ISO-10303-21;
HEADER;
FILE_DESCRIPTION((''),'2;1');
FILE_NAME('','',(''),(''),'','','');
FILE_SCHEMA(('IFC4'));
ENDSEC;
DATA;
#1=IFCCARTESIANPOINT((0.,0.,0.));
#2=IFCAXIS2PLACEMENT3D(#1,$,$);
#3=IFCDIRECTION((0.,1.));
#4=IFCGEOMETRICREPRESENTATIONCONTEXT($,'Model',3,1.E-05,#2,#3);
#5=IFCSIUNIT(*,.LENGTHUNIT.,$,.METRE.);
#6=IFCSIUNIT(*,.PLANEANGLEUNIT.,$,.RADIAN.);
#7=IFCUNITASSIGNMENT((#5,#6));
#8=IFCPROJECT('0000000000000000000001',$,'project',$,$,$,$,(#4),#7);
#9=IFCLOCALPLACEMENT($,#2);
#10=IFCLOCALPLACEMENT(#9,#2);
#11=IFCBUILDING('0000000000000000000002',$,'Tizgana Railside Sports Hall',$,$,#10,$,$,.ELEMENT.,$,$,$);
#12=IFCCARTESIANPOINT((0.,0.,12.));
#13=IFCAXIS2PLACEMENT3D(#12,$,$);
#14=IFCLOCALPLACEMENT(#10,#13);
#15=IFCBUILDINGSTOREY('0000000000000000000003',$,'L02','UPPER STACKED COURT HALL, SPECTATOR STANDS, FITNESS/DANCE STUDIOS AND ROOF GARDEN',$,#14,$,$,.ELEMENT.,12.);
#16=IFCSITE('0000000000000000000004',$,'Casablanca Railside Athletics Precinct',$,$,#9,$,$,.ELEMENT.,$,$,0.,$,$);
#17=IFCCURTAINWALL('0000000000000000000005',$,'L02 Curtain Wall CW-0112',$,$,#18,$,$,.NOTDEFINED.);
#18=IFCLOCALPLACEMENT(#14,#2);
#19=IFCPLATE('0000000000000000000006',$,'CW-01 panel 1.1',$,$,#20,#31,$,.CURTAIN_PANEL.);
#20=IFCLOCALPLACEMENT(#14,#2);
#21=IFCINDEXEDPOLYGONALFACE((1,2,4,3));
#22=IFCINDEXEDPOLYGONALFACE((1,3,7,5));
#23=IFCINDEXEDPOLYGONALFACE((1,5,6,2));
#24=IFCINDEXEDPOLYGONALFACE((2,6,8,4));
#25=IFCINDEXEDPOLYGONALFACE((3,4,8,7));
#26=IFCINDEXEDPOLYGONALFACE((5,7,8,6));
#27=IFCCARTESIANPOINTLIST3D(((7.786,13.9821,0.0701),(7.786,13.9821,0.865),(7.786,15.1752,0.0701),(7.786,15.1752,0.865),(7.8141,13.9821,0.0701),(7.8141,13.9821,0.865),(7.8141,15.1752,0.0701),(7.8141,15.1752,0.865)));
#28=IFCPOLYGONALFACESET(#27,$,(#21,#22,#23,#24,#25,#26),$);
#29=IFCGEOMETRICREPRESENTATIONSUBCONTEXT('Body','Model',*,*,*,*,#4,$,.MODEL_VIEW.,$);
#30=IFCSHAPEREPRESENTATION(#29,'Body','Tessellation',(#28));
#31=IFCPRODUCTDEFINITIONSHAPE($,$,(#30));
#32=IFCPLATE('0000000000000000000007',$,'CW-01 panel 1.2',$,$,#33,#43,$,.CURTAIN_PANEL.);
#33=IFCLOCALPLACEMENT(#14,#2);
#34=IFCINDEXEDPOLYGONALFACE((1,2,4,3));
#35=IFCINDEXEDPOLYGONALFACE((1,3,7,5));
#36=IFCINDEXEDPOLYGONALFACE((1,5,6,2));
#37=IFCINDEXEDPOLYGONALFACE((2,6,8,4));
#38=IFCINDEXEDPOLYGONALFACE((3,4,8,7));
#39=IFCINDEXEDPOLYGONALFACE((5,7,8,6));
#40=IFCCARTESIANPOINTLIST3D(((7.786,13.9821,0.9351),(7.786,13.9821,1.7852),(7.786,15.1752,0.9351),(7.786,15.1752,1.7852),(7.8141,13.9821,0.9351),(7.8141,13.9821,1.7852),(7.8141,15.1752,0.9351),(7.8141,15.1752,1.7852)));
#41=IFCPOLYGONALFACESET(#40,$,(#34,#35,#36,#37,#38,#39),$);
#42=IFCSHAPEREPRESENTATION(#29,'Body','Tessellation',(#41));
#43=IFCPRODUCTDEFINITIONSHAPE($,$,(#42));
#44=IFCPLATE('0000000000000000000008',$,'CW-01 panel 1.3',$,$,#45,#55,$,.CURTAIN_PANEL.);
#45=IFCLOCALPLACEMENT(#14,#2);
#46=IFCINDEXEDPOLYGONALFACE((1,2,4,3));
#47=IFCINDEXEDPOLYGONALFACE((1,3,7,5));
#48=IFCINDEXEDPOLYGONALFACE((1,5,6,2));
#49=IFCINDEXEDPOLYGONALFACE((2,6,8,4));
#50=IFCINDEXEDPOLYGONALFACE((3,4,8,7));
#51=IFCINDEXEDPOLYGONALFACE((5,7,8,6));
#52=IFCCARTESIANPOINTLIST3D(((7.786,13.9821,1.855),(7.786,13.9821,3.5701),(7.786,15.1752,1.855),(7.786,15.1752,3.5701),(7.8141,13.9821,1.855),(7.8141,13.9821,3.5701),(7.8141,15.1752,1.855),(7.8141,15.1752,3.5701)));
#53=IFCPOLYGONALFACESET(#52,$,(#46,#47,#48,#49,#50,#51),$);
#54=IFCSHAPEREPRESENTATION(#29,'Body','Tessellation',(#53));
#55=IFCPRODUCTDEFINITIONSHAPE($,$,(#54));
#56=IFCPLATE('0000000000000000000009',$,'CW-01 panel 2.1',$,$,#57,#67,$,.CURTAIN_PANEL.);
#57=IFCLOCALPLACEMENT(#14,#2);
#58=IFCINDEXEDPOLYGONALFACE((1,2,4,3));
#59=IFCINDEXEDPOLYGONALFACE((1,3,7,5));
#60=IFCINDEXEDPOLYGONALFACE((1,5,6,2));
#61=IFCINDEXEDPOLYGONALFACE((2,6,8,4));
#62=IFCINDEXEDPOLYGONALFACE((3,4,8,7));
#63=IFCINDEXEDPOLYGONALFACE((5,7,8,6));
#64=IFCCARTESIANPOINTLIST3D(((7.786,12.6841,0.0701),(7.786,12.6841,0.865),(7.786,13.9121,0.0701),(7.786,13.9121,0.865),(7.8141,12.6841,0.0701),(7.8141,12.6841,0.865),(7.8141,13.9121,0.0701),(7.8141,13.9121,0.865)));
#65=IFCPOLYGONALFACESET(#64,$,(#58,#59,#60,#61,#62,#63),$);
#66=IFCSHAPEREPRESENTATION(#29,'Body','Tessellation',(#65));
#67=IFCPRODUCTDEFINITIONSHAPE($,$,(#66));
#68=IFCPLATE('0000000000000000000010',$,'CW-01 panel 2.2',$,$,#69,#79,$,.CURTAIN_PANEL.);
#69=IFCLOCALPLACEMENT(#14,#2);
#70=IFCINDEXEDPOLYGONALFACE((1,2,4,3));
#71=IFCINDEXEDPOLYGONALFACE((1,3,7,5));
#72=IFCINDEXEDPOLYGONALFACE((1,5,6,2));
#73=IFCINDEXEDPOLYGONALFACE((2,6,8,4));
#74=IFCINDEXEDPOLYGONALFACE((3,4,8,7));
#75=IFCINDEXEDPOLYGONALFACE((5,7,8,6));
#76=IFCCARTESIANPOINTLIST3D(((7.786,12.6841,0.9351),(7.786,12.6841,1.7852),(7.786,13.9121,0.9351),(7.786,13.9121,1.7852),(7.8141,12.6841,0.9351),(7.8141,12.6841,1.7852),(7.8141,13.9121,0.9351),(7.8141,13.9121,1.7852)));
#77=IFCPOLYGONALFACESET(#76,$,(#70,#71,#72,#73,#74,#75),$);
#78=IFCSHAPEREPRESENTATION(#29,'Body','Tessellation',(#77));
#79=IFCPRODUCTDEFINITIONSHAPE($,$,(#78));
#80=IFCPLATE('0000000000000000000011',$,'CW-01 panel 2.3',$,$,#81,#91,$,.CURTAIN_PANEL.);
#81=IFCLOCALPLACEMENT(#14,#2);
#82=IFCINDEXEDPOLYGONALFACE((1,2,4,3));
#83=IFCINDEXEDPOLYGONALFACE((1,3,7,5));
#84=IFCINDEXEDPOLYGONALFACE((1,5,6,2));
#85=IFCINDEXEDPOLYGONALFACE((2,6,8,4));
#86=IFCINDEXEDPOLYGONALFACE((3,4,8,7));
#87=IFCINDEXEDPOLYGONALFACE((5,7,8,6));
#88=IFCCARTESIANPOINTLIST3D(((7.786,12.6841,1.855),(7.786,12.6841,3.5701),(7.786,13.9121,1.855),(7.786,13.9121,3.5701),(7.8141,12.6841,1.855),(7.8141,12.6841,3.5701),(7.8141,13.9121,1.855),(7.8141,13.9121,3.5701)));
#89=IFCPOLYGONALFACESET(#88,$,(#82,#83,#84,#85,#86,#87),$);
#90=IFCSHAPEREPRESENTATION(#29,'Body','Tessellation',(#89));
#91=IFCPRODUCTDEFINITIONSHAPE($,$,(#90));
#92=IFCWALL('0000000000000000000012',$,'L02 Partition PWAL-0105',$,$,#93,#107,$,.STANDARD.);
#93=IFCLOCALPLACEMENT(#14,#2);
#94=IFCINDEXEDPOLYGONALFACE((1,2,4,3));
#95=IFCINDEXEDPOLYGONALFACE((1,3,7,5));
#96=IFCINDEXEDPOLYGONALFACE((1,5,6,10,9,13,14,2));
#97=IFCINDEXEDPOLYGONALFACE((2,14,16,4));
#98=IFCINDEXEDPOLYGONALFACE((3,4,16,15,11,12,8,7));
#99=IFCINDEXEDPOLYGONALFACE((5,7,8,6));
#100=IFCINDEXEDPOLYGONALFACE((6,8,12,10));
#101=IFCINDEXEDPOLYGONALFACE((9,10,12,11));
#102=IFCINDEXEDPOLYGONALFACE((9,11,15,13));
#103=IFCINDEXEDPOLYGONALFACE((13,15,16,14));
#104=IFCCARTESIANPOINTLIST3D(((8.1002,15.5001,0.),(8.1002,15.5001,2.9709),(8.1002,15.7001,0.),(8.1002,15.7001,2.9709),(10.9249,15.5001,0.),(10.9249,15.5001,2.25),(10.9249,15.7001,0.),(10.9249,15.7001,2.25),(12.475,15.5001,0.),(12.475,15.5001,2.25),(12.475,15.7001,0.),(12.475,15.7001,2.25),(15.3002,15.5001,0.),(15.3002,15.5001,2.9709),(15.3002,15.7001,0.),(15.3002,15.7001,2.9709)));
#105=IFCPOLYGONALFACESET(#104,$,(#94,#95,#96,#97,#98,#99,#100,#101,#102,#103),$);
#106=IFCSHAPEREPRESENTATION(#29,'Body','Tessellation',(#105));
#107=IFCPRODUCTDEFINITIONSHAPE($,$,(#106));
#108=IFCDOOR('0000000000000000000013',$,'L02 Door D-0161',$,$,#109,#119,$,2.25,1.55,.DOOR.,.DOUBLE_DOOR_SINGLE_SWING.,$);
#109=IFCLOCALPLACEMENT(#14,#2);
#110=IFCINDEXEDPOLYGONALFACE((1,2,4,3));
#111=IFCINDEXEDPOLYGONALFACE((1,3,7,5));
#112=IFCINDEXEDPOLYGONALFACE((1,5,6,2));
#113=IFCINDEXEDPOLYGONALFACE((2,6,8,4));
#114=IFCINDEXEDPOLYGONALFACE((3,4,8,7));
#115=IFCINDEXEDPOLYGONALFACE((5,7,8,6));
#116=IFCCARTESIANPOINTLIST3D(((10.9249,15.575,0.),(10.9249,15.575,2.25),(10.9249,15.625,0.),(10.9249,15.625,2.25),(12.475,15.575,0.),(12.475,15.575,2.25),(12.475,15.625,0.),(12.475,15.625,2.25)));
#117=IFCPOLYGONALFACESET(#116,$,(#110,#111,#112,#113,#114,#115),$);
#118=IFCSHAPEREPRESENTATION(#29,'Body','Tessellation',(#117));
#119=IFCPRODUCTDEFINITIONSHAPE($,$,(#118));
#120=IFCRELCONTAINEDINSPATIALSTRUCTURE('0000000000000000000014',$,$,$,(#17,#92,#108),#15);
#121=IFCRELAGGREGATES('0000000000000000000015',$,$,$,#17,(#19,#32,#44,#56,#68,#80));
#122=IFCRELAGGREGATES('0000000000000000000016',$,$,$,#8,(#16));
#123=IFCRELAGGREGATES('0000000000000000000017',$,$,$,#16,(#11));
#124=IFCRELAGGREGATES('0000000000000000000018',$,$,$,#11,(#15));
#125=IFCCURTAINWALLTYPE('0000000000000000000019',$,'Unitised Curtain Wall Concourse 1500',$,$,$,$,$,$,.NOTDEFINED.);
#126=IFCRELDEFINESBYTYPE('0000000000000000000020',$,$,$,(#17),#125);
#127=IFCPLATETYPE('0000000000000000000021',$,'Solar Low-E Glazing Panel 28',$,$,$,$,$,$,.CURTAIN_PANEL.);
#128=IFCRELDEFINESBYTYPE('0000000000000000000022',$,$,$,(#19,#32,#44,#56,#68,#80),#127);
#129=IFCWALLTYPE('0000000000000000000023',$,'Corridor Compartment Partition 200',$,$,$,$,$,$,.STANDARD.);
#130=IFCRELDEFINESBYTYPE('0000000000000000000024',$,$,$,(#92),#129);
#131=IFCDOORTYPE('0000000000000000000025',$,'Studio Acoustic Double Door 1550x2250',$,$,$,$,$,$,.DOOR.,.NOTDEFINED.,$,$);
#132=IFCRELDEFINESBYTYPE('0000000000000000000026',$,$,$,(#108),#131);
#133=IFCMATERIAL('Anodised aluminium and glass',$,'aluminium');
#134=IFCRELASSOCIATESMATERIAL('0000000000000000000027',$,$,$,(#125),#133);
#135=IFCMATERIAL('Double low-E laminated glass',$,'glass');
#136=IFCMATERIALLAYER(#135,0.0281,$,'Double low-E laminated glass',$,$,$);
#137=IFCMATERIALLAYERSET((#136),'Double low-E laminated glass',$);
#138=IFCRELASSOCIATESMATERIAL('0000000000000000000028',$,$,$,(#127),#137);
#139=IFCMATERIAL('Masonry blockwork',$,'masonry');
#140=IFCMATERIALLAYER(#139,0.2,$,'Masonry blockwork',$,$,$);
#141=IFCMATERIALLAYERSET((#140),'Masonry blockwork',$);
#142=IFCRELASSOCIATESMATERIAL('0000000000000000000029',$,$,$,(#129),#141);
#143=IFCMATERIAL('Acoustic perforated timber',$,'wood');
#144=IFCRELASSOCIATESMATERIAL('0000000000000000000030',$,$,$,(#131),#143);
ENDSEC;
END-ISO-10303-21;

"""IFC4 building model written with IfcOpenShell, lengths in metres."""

from ifc_helpers import new_model, si_unit, direction, frame, frame_2d, origin, origin_2d, place, context, subcontext, project, spatial, rectangle, extrude, material, layer, layer_set, type_object, element, fill, aggregate, save


model = new_model("IFC4")

# Units and contexts
model_context = context("Model", 3, precision=1e-05, world=origin(), true_north=direction((0.0, 1.0)))
body_context = subcontext(model_context, "Body", "Model", "MODEL_VIEW")
ifc_project = project(units=[si_unit("LENGTHUNIT", "METRE"), si_unit("PLANEANGLEUNIT", "RADIAN")], contexts=[model_context])

# Site, building, storey
site_placement = place(None, origin())
site = spatial("IfcSite", under=ifc_project, at=site_placement, Name="Casablanca Railside Athletics Precinct", CompositionType="ELEMENT", RefElevation=0.0)
building_placement = place(site_placement, origin())
building = spatial("IfcBuilding", under=site, at=building_placement, Name="Tizgana Railside Sports Hall", CompositionType="ELEMENT")
storey_placement = place(building_placement, frame((0.0, 0.0, 12.0)))
storey = spatial("IfcBuildingStorey", under=building, at=storey_placement, Name="L02", Description="UPPER STACKED COURT HALL, SPECTATOR STANDS, FITNESS/DANCE STUDIOS AND ROOF GARDEN", CompositionType="ELEMENT", Elevation=12.0)

# Curtain wall
ifc_material_1 = material(Name="Anodised aluminium and glass", Category="aluminium")
curtain_wall_type = type_object("IfcCurtainWallType", Name="Unitised Curtain Wall Concourse 1500", PredefinedType="NOTDEFINED", material=ifc_material_1)
curtain_wall_placement = place(storey_placement, origin())
curtain_wall = element("IfcCurtainWall", 1, at=curtain_wall_placement, inside=storey, type_object=curtain_wall_type, Name="L02 Curtain Wall CW-0112", PredefinedType="NOTDEFINED")

# Plates
ifc_material_2 = material(Name="Double low-E laminated glass", Category="glass")
ifc_layer_1 = layer(ifc_material_2, 0.0281, Name="Double low-E laminated glass")
ifc_layer_set_1 = layer_set([ifc_layer_1], Name="Double low-E laminated glass")
plate_type = type_object("IfcPlateType", Name="Solar Low-E Glazing Panel 28", PredefinedType="CURTAIN_PANEL", material=ifc_layer_set_1)
plate_1_placement = place(storey_placement, frame((7.8, 14.5786, 0.0701), z_axis=(0.0, 0.0, 1.0), x_axis=(0.0, -1.0, 0.0)))
plate_1 = element("IfcPlate", 2, at=plate_1_placement, type_object=plate_type, Name="CW-01 panel 1.1", PredefinedType="CURTAIN_PANEL", context=body_context, shape_type="SweptSolid", body=[
    extrude(rectangle(XDim=1.1931, YDim=0.0281, at=origin_2d()), origin(), (0.0, 0.0, 1.0), 0.7949),
])
plate_2_placement = place(storey_placement, frame((7.8, 14.5786, 0.9351), z_axis=(0.0, 0.0, 1.0), x_axis=(0.0, -1.0, 0.0)))
plate_2 = element("IfcPlate", 3, at=plate_2_placement, type_object=plate_type, Name="CW-01 panel 1.2", PredefinedType="CURTAIN_PANEL", context=body_context, shape_type="SweptSolid", body=[
    extrude(rectangle(XDim=1.1931, YDim=0.0281, at=origin_2d()), origin(), (0.0, 0.0, 1.0), 0.8501),
])
plate_3_placement = place(storey_placement, frame((7.8, 14.5786, 1.855), z_axis=(0.0, 0.0, 1.0), x_axis=(0.0, -1.0, 0.0)))
plate_3 = element("IfcPlate", 4, at=plate_3_placement, type_object=plate_type, Name="CW-01 panel 1.3", PredefinedType="CURTAIN_PANEL", context=body_context, shape_type="SweptSolid", body=[
    extrude(rectangle(XDim=1.1931, YDim=0.0281, at=origin_2d()), origin(), (0.0, 0.0, 1.0), 1.7151),
])
plate_4_placement = place(storey_placement, frame((7.8, 13.2981, 0.0701), z_axis=(0.0, 0.0, 1.0), x_axis=(0.0, -1.0, 0.0)))
plate_4 = element("IfcPlate", 5, at=plate_4_placement, type_object=plate_type, Name="CW-01 panel 2.1", PredefinedType="CURTAIN_PANEL", context=body_context, shape_type="SweptSolid", body=[
    extrude(rectangle(XDim=1.228, YDim=0.0281, at=origin_2d()), origin(), (0.0, 0.0, 1.0), 0.7949),
])
plate_5_placement = place(storey_placement, frame((7.8, 13.2981, 0.9351), z_axis=(0.0, 0.0, 1.0), x_axis=(0.0, -1.0, 0.0)))
plate_5 = element("IfcPlate", 6, at=plate_5_placement, type_object=plate_type, Name="CW-01 panel 2.2", PredefinedType="CURTAIN_PANEL", context=body_context, shape_type="SweptSolid", body=[
    extrude(rectangle(XDim=1.228, YDim=0.0281, at=origin_2d()), origin(), (0.0, 0.0, 1.0), 0.8501),
])
plate_6_placement = place(storey_placement, frame((7.8, 13.2981, 1.855), z_axis=(0.0, 0.0, 1.0), x_axis=(0.0, -1.0, 0.0)))
plate_6 = element("IfcPlate", 7, at=plate_6_placement, type_object=plate_type, Name="CW-01 panel 2.3", PredefinedType="CURTAIN_PANEL", context=body_context, shape_type="SweptSolid", body=[
    extrude(rectangle(XDim=1.228, YDim=0.0281, at=origin_2d()), origin(), (0.0, 0.0, 1.0), 1.7151),
])
aggregate(curtain_wall, [plate_1, plate_2, plate_3, plate_4, plate_5, plate_6])

# Wall, opening, door
ifc_material_3 = material(Name="Masonry blockwork", Category="masonry")
ifc_layer_2 = layer(ifc_material_3, 0.2, Name="Masonry blockwork")
ifc_layer_set_2 = layer_set([ifc_layer_2], Name="Masonry blockwork")
wall_type = type_object("IfcWallType", Name="Corridor Compartment Partition 200", PredefinedType="STANDARD", material=ifc_layer_set_2)
wall_placement = place(storey_placement, frame((8.1001, 15.6001, 0.0), z_axis=(0.0, 0.0, 1.0), x_axis=(1.0, 0.0, 0.0)))
wall = element("IfcWall", 8, at=wall_placement, inside=storey, type_object=wall_type, Name="L02 Partition PWAL-0105", PredefinedType="STANDARD", context=body_context, shape_type="SweptSolid", body=[
    extrude(rectangle(XDim=7.2, YDim=0.2, at=frame_2d((3.6001, 0.0))), origin(), (0.0, 0.0, 1.0), 2.9709),
])
opening_placement = place(wall_placement, frame((2.825, 0.0, 0.0)))
opening = element("IfcOpeningElement", 9, at=opening_placement, cuts=wall, PredefinedType="OPENING", context=body_context, shape_type="SweptSolid", body=[
    extrude(rectangle(XDim=1.55, YDim=2.25, at=frame_2d((0.7749, 1.125))), frame((0.0, 0.1099, 0.0), z_axis=(0.0, -1.0, 0.0), x_axis=(1.0, 0.0, 0.0)), (0.0, 0.0, 1.0), 0.22),
])
ifc_material_4 = material(Name="Acoustic perforated timber", Category="wood")
door_type = type_object("IfcDoorType", Name="Studio Acoustic Double Door 1550x2250", OperationType="NOTDEFINED", PredefinedType="DOOR", material=ifc_material_4)
door_placement = place(opening_placement, origin())
door = element("IfcDoor", 10, at=door_placement, inside=storey, type_object=door_type, Name="L02 Door D-0161", OperationType="DOUBLE_DOOR_SINGLE_SWING", OverallHeight=2.25, OverallWidth=1.55, PredefinedType="DOOR", context=body_context, shape_type="SweptSolid", body=[
    extrude(rectangle(XDim=1.55, YDim=2.25, at=frame_2d((0.7749, 1.125))), frame((0.0, 0.0249, 0.0), z_axis=(0.0, -1.0, 0.0), x_axis=(1.0, 0.0, 0.0)), (0.0, 0.0, 1.0), 0.05),
])
fill(opening, door)

save(model, "model.ifc")
